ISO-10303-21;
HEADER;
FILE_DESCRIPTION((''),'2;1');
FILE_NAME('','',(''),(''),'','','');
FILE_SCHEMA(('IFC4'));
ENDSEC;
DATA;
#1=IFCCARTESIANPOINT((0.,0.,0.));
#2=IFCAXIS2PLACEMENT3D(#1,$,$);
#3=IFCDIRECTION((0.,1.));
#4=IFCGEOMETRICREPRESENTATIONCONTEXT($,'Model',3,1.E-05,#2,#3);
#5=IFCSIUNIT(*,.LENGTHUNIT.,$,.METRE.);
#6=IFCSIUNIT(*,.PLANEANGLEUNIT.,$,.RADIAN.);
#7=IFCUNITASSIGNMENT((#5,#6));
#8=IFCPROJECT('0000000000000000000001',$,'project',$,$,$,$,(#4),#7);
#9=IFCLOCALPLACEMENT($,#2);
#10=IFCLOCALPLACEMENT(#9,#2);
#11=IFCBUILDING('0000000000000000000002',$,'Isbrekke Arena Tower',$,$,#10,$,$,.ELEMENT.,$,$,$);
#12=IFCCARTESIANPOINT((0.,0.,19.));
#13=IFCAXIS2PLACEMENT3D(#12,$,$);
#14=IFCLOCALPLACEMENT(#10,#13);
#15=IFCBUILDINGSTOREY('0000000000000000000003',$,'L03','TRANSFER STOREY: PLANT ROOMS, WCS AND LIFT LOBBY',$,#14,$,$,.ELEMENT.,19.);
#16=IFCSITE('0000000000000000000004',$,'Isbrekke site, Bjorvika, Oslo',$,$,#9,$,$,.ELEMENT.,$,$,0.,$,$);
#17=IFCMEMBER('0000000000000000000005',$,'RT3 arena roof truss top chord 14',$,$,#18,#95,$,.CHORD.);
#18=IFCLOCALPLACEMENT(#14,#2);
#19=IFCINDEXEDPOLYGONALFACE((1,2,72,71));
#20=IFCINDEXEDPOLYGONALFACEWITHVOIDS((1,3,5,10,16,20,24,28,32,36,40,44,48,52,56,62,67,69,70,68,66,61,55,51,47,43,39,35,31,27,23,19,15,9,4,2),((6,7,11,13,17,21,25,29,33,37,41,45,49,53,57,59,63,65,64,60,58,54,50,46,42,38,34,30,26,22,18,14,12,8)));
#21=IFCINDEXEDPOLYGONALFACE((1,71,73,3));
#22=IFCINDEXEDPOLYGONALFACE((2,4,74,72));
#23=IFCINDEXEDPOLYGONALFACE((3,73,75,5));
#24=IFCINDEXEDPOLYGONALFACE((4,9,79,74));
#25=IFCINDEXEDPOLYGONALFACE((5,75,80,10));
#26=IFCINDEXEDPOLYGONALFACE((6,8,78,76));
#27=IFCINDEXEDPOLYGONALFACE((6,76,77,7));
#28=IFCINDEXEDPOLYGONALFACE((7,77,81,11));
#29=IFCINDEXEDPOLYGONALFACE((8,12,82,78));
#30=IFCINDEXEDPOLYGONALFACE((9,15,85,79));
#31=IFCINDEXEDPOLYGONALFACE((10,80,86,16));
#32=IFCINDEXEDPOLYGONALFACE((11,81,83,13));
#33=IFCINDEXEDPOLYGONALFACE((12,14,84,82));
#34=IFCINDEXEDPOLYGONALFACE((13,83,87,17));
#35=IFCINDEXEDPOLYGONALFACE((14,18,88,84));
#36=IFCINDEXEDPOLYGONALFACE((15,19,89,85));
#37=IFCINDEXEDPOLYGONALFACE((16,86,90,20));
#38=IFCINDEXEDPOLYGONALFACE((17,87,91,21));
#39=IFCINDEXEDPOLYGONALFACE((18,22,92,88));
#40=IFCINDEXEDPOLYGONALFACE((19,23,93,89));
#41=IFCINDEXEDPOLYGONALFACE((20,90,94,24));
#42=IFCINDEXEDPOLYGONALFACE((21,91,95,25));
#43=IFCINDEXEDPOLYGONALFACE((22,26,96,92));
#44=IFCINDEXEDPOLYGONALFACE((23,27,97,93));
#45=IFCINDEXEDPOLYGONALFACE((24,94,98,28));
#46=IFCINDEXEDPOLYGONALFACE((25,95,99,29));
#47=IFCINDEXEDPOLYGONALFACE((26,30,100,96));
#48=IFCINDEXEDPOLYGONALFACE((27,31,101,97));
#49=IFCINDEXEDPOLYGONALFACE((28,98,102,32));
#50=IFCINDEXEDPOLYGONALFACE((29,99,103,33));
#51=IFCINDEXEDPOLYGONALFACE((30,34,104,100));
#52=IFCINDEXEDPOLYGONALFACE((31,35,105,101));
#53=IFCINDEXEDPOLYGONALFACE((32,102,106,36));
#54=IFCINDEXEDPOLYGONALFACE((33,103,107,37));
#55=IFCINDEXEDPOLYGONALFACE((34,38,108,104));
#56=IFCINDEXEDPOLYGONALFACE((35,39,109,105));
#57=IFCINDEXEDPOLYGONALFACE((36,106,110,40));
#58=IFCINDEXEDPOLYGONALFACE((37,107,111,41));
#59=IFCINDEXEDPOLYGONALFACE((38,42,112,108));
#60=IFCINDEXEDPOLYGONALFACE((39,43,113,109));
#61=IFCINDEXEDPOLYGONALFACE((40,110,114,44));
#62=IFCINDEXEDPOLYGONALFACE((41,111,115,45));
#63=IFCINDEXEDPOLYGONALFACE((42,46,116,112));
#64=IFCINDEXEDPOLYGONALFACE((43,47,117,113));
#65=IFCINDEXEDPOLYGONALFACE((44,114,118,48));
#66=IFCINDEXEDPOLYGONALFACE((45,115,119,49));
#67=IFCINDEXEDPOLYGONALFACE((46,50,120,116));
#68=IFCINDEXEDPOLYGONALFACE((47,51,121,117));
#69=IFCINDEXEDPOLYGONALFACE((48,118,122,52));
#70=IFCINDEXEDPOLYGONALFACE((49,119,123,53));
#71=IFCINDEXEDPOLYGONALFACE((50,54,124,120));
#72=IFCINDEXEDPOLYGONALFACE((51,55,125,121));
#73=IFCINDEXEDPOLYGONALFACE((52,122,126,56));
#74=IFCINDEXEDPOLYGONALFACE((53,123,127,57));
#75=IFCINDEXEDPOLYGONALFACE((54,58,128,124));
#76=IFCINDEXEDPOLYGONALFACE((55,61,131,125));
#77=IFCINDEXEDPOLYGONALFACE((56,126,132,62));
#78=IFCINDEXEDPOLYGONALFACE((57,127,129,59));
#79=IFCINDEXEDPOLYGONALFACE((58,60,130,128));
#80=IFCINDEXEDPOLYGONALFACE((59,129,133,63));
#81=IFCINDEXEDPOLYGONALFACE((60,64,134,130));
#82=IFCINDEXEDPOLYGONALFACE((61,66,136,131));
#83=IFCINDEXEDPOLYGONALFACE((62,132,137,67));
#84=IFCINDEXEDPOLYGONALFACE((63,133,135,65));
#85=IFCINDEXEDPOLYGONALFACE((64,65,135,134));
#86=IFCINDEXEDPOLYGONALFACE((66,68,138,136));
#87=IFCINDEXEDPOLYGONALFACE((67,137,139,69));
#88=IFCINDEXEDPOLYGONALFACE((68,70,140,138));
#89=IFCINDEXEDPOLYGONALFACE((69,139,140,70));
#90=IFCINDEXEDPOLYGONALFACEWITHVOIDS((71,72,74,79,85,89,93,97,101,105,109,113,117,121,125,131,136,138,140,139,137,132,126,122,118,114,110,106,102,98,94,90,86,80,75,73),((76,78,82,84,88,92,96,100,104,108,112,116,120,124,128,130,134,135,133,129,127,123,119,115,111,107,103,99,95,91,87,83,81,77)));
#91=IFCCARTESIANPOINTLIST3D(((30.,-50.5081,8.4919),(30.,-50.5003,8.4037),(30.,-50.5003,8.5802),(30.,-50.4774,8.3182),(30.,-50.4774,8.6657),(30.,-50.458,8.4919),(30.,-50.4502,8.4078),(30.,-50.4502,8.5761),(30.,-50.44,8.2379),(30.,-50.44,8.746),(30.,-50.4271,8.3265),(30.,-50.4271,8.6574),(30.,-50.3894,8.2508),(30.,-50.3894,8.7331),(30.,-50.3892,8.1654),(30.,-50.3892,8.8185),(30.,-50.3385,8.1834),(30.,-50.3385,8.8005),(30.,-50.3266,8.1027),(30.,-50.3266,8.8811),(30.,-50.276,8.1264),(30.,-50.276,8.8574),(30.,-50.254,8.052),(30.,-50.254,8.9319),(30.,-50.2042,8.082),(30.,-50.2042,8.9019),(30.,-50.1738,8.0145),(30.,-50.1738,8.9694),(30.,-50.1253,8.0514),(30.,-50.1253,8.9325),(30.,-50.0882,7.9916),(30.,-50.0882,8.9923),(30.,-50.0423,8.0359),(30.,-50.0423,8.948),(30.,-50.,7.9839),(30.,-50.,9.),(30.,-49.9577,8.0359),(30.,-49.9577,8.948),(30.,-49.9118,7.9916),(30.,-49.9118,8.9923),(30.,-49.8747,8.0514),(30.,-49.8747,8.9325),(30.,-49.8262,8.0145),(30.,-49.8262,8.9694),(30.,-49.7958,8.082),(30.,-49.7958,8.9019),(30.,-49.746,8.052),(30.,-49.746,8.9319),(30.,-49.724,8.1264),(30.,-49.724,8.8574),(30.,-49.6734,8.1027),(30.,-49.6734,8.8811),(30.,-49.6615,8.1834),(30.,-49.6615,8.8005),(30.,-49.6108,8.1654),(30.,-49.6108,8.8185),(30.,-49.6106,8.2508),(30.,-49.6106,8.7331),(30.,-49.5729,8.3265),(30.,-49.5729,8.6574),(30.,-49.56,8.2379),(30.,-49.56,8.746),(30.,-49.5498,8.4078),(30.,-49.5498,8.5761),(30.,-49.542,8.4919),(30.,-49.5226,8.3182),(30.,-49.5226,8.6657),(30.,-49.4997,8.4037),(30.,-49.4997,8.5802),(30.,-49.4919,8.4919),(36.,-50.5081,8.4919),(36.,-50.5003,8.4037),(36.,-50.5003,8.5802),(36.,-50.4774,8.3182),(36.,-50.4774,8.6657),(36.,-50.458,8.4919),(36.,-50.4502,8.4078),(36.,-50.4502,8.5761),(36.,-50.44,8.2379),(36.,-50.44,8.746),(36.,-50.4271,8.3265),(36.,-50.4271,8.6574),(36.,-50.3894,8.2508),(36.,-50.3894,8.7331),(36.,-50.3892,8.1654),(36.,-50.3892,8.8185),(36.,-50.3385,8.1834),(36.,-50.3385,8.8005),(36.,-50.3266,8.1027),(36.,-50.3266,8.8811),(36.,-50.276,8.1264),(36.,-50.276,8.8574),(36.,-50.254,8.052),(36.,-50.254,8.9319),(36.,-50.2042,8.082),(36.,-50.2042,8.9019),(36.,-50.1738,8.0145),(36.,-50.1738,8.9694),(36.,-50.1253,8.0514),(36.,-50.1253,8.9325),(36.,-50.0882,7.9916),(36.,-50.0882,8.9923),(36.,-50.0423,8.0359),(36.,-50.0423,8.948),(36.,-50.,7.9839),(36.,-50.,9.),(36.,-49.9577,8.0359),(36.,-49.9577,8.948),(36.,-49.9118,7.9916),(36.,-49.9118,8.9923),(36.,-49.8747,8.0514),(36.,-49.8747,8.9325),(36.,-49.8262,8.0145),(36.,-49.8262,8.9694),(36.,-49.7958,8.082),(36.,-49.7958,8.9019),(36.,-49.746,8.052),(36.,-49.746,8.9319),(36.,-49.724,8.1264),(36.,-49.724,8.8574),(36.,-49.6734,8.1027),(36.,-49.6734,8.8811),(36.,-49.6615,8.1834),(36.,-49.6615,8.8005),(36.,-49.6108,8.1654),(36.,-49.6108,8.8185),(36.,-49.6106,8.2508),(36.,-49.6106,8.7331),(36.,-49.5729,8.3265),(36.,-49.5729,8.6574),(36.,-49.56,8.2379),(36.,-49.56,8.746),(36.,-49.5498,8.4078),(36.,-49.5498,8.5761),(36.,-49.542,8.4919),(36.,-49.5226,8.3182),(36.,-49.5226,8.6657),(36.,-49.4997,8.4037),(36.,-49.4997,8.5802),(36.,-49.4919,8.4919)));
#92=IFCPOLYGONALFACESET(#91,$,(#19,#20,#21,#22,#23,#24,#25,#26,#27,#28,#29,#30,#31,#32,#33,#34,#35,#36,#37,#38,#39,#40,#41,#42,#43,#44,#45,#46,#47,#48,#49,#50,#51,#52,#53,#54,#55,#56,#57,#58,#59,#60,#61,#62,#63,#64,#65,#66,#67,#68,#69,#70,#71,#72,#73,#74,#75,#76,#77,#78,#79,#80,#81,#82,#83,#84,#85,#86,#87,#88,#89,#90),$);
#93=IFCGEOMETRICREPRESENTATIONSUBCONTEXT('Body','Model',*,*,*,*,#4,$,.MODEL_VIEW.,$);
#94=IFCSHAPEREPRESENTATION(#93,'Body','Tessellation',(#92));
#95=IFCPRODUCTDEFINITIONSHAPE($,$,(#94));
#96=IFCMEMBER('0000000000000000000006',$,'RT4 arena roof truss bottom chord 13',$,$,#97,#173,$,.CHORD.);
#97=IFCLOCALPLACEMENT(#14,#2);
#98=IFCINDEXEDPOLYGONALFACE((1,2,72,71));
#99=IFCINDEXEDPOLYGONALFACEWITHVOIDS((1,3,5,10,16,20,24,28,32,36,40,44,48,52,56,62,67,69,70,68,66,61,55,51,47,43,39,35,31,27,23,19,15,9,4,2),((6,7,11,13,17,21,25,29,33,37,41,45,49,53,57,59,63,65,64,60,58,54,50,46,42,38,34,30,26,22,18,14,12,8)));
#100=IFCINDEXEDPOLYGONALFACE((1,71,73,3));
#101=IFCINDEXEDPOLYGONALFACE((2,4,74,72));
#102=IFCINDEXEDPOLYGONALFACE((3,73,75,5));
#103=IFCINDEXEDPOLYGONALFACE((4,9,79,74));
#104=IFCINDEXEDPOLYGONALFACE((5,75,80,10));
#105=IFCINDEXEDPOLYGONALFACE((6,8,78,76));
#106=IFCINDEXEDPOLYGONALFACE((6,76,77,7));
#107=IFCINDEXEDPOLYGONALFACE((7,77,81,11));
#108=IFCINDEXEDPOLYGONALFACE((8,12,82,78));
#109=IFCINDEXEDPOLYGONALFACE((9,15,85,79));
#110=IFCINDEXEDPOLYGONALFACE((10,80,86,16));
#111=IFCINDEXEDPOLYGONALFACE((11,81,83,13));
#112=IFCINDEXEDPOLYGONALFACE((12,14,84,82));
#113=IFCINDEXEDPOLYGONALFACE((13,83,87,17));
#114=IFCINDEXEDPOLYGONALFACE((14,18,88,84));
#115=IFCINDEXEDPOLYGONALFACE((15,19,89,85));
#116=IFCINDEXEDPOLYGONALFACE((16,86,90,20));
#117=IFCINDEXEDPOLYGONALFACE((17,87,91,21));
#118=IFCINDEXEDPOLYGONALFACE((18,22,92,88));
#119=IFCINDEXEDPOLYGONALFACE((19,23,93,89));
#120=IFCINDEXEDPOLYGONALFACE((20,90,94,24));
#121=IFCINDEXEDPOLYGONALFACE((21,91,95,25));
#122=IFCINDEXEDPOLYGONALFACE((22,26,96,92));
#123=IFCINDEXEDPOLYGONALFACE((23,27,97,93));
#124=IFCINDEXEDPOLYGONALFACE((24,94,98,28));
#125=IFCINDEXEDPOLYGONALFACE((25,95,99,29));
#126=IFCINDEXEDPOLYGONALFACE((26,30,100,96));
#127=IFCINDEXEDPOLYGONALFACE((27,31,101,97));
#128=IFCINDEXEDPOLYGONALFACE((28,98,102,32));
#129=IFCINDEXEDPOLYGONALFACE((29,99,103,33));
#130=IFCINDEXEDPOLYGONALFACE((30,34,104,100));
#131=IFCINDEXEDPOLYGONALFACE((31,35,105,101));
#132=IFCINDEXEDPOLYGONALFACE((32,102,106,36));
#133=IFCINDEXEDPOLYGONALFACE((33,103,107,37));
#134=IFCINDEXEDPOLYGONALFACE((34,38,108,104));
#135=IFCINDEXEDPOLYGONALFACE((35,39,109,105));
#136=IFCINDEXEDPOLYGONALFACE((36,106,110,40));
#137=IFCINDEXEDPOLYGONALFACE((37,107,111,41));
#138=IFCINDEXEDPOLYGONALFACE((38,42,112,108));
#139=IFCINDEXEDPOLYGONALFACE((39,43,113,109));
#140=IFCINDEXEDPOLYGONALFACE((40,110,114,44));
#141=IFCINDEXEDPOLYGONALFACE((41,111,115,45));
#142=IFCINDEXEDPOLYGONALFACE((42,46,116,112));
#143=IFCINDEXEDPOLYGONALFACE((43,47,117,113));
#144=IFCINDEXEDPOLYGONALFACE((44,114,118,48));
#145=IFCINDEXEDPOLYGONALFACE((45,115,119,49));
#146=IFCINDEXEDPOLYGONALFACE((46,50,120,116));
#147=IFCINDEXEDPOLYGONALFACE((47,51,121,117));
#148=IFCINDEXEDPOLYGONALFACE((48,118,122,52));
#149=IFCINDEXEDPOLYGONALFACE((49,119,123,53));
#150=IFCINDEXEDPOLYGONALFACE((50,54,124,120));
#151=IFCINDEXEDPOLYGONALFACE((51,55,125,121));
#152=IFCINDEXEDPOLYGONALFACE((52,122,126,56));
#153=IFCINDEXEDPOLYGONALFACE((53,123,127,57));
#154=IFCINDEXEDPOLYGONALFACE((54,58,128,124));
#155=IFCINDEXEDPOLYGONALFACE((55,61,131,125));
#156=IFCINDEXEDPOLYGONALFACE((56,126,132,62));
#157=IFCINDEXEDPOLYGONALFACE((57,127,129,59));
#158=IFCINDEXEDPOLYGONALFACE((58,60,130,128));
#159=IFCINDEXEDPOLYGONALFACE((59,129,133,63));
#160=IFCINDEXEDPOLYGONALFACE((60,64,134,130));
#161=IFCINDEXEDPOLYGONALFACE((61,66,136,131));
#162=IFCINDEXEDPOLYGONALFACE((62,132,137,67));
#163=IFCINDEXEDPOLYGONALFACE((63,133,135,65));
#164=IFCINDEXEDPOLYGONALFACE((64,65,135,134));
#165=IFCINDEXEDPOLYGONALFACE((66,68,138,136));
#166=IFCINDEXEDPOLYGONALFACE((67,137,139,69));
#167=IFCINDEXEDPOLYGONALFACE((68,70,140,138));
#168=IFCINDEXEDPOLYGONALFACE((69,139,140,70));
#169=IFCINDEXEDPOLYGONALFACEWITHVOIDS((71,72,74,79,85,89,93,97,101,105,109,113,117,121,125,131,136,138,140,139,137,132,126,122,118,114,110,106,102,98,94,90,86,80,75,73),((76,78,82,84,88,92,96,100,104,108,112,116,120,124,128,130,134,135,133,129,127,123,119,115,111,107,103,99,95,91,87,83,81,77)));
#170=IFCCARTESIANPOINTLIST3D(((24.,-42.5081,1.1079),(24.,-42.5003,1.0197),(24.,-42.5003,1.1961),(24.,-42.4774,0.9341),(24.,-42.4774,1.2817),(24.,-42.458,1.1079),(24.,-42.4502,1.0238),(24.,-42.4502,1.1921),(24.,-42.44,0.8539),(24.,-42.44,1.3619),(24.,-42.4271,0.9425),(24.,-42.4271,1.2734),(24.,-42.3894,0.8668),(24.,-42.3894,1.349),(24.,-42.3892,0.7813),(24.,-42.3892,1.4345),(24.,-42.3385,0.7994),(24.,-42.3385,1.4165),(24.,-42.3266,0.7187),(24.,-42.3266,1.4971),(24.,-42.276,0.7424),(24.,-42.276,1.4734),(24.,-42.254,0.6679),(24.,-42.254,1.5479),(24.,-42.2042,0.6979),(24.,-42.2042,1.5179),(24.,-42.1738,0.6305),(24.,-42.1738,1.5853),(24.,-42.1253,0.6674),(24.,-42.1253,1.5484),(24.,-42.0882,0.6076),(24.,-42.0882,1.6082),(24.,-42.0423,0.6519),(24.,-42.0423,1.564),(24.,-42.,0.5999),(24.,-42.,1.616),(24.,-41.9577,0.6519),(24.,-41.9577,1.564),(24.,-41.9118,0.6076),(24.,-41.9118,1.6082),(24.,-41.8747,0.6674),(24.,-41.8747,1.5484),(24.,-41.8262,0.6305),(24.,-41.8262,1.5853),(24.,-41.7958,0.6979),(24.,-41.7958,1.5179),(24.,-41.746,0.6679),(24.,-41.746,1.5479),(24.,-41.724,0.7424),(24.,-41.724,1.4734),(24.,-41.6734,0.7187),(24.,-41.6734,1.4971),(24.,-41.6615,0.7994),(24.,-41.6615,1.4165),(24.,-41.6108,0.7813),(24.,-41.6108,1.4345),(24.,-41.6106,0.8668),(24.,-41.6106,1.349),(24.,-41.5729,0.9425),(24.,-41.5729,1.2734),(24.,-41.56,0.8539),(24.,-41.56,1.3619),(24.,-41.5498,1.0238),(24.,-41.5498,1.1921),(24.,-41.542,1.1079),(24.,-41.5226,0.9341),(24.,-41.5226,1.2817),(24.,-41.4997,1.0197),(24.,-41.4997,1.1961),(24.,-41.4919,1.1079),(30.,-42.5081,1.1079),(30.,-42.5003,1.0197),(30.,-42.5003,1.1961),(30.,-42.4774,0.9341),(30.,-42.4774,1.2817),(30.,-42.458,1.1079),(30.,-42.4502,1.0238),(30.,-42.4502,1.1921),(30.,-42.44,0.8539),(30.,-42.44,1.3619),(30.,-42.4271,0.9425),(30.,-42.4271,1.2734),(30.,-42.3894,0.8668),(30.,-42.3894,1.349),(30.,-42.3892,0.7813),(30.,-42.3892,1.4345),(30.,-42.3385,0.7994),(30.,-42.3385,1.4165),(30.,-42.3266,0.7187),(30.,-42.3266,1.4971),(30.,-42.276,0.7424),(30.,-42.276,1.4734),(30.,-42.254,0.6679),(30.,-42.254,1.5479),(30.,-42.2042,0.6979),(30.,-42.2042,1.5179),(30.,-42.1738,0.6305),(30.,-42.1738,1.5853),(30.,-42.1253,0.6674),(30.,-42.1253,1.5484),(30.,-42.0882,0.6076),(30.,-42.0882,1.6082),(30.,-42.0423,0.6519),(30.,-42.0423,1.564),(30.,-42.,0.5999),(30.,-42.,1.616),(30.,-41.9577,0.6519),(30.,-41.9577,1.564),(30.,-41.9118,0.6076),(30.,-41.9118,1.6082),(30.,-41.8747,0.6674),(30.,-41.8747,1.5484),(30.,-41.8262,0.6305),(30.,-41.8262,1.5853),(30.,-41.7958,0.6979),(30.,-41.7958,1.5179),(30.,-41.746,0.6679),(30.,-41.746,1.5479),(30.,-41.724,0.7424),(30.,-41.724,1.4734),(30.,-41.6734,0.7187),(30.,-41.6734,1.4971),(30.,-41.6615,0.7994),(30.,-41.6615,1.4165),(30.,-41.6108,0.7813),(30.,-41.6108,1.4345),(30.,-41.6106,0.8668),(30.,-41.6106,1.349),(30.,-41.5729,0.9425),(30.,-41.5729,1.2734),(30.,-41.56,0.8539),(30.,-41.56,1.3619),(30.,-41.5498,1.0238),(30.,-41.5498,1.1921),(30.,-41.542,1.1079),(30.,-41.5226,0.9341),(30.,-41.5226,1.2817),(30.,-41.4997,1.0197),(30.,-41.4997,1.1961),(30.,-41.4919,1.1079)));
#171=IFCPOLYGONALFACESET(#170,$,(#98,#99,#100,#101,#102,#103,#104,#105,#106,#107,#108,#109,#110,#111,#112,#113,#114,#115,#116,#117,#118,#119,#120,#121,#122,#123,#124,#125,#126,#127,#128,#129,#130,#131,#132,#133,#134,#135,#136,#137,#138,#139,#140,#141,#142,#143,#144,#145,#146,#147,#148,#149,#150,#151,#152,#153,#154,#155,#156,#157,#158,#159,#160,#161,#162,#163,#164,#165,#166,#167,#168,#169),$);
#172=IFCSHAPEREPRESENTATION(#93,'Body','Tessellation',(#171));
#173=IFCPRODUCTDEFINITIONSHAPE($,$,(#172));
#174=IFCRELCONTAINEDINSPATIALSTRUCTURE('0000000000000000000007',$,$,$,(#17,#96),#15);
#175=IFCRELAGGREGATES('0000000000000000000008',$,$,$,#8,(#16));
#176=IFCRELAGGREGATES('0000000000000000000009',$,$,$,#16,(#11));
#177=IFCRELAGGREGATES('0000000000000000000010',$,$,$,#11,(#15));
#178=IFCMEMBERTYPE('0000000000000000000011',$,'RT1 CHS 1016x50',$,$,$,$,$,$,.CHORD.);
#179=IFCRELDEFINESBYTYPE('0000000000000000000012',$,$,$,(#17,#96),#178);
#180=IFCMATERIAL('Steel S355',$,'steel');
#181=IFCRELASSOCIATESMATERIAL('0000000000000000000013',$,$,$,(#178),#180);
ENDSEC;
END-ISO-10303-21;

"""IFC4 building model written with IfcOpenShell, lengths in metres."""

from ifc_helpers import new_model, si_unit, direction, frame, origin, origin_2d, place, context, subcontext, project, spatial, hollow_circle, extrude, material, material_profile, profile_set, type_object, element, save


model = new_model("IFC4")

# Units and contexts
model_context = context("Model", 3, precision=1e-05, world=origin(), true_north=direction((0.0, 1.0)))
body_context = subcontext(model_context, "Body", "Model", "MODEL_VIEW")
ifc_project = project(units=[si_unit("LENGTHUNIT", "METRE"), si_unit("PLANEANGLEUNIT", "RADIAN")], contexts=[model_context])

# Site, building, storey
site_placement = place(None, origin())
site = spatial("IfcSite", under=ifc_project, at=site_placement, Name="Isbrekke site, Bjorvika, Oslo", CompositionType="ELEMENT", RefElevation=0.0)
building_placement = place(site_placement, origin())
building = spatial("IfcBuilding", under=site, at=building_placement, Name="Isbrekke Arena Tower", CompositionType="ELEMENT")
storey_placement = place(building_placement, frame((0.0, 0.0, 19.0)))
storey = spatial("IfcBuildingStorey", under=building, at=storey_placement, Name="L03", Description="TRANSFER STOREY: PLANT ROOMS, WCS AND LIFT LOBBY", CompositionType="ELEMENT", Elevation=19.0)

# Members
ifc_material_1 = material(Name="Steel S355", Category="steel")
ifc_material_profile_1 = material_profile(ifc_material_1, hollow_circle(Radius=0.5081, WallThickness=0.05, at=origin_2d()), Name="CHS 1016x50")
ifc_profile_set_1 = profile_set([ifc_material_profile_1], Name="Steel S355")
member_type_1 = type_object("IfcMemberType", Name="RT1 CHS 1016x50", PredefinedType="CHORD", material=ifc_profile_set_1)
for number, where, z_axis, x_axis, name in (
    (1, (30.0, -50.0, 8.4919), (1.0, 0.0, 0.0), (0.0, 1.0, 0.0), "RT3 arena roof truss top chord 14"),
    (2, (24.0, -42.0, 1.1079), (1.0, 0.0, 0.0), (0.0, 1.0, 0.0), "RT4 arena roof truss bottom chord 13"),
):
    element("IfcMember", number, at=place(storey_placement, frame(where, z_axis=z_axis, x_axis=x_axis)), inside=storey, type_object=member_type_1, Name=name, PredefinedType="CHORD", context=body_context, shape_type="SweptSolid", body=[
        extrude(hollow_circle(Radius=0.5081, WallThickness=0.05, at=origin_2d()), origin(), (0.0, 0.0, 1.0), 6.0),
    ])

save(model, "model.ifc")
